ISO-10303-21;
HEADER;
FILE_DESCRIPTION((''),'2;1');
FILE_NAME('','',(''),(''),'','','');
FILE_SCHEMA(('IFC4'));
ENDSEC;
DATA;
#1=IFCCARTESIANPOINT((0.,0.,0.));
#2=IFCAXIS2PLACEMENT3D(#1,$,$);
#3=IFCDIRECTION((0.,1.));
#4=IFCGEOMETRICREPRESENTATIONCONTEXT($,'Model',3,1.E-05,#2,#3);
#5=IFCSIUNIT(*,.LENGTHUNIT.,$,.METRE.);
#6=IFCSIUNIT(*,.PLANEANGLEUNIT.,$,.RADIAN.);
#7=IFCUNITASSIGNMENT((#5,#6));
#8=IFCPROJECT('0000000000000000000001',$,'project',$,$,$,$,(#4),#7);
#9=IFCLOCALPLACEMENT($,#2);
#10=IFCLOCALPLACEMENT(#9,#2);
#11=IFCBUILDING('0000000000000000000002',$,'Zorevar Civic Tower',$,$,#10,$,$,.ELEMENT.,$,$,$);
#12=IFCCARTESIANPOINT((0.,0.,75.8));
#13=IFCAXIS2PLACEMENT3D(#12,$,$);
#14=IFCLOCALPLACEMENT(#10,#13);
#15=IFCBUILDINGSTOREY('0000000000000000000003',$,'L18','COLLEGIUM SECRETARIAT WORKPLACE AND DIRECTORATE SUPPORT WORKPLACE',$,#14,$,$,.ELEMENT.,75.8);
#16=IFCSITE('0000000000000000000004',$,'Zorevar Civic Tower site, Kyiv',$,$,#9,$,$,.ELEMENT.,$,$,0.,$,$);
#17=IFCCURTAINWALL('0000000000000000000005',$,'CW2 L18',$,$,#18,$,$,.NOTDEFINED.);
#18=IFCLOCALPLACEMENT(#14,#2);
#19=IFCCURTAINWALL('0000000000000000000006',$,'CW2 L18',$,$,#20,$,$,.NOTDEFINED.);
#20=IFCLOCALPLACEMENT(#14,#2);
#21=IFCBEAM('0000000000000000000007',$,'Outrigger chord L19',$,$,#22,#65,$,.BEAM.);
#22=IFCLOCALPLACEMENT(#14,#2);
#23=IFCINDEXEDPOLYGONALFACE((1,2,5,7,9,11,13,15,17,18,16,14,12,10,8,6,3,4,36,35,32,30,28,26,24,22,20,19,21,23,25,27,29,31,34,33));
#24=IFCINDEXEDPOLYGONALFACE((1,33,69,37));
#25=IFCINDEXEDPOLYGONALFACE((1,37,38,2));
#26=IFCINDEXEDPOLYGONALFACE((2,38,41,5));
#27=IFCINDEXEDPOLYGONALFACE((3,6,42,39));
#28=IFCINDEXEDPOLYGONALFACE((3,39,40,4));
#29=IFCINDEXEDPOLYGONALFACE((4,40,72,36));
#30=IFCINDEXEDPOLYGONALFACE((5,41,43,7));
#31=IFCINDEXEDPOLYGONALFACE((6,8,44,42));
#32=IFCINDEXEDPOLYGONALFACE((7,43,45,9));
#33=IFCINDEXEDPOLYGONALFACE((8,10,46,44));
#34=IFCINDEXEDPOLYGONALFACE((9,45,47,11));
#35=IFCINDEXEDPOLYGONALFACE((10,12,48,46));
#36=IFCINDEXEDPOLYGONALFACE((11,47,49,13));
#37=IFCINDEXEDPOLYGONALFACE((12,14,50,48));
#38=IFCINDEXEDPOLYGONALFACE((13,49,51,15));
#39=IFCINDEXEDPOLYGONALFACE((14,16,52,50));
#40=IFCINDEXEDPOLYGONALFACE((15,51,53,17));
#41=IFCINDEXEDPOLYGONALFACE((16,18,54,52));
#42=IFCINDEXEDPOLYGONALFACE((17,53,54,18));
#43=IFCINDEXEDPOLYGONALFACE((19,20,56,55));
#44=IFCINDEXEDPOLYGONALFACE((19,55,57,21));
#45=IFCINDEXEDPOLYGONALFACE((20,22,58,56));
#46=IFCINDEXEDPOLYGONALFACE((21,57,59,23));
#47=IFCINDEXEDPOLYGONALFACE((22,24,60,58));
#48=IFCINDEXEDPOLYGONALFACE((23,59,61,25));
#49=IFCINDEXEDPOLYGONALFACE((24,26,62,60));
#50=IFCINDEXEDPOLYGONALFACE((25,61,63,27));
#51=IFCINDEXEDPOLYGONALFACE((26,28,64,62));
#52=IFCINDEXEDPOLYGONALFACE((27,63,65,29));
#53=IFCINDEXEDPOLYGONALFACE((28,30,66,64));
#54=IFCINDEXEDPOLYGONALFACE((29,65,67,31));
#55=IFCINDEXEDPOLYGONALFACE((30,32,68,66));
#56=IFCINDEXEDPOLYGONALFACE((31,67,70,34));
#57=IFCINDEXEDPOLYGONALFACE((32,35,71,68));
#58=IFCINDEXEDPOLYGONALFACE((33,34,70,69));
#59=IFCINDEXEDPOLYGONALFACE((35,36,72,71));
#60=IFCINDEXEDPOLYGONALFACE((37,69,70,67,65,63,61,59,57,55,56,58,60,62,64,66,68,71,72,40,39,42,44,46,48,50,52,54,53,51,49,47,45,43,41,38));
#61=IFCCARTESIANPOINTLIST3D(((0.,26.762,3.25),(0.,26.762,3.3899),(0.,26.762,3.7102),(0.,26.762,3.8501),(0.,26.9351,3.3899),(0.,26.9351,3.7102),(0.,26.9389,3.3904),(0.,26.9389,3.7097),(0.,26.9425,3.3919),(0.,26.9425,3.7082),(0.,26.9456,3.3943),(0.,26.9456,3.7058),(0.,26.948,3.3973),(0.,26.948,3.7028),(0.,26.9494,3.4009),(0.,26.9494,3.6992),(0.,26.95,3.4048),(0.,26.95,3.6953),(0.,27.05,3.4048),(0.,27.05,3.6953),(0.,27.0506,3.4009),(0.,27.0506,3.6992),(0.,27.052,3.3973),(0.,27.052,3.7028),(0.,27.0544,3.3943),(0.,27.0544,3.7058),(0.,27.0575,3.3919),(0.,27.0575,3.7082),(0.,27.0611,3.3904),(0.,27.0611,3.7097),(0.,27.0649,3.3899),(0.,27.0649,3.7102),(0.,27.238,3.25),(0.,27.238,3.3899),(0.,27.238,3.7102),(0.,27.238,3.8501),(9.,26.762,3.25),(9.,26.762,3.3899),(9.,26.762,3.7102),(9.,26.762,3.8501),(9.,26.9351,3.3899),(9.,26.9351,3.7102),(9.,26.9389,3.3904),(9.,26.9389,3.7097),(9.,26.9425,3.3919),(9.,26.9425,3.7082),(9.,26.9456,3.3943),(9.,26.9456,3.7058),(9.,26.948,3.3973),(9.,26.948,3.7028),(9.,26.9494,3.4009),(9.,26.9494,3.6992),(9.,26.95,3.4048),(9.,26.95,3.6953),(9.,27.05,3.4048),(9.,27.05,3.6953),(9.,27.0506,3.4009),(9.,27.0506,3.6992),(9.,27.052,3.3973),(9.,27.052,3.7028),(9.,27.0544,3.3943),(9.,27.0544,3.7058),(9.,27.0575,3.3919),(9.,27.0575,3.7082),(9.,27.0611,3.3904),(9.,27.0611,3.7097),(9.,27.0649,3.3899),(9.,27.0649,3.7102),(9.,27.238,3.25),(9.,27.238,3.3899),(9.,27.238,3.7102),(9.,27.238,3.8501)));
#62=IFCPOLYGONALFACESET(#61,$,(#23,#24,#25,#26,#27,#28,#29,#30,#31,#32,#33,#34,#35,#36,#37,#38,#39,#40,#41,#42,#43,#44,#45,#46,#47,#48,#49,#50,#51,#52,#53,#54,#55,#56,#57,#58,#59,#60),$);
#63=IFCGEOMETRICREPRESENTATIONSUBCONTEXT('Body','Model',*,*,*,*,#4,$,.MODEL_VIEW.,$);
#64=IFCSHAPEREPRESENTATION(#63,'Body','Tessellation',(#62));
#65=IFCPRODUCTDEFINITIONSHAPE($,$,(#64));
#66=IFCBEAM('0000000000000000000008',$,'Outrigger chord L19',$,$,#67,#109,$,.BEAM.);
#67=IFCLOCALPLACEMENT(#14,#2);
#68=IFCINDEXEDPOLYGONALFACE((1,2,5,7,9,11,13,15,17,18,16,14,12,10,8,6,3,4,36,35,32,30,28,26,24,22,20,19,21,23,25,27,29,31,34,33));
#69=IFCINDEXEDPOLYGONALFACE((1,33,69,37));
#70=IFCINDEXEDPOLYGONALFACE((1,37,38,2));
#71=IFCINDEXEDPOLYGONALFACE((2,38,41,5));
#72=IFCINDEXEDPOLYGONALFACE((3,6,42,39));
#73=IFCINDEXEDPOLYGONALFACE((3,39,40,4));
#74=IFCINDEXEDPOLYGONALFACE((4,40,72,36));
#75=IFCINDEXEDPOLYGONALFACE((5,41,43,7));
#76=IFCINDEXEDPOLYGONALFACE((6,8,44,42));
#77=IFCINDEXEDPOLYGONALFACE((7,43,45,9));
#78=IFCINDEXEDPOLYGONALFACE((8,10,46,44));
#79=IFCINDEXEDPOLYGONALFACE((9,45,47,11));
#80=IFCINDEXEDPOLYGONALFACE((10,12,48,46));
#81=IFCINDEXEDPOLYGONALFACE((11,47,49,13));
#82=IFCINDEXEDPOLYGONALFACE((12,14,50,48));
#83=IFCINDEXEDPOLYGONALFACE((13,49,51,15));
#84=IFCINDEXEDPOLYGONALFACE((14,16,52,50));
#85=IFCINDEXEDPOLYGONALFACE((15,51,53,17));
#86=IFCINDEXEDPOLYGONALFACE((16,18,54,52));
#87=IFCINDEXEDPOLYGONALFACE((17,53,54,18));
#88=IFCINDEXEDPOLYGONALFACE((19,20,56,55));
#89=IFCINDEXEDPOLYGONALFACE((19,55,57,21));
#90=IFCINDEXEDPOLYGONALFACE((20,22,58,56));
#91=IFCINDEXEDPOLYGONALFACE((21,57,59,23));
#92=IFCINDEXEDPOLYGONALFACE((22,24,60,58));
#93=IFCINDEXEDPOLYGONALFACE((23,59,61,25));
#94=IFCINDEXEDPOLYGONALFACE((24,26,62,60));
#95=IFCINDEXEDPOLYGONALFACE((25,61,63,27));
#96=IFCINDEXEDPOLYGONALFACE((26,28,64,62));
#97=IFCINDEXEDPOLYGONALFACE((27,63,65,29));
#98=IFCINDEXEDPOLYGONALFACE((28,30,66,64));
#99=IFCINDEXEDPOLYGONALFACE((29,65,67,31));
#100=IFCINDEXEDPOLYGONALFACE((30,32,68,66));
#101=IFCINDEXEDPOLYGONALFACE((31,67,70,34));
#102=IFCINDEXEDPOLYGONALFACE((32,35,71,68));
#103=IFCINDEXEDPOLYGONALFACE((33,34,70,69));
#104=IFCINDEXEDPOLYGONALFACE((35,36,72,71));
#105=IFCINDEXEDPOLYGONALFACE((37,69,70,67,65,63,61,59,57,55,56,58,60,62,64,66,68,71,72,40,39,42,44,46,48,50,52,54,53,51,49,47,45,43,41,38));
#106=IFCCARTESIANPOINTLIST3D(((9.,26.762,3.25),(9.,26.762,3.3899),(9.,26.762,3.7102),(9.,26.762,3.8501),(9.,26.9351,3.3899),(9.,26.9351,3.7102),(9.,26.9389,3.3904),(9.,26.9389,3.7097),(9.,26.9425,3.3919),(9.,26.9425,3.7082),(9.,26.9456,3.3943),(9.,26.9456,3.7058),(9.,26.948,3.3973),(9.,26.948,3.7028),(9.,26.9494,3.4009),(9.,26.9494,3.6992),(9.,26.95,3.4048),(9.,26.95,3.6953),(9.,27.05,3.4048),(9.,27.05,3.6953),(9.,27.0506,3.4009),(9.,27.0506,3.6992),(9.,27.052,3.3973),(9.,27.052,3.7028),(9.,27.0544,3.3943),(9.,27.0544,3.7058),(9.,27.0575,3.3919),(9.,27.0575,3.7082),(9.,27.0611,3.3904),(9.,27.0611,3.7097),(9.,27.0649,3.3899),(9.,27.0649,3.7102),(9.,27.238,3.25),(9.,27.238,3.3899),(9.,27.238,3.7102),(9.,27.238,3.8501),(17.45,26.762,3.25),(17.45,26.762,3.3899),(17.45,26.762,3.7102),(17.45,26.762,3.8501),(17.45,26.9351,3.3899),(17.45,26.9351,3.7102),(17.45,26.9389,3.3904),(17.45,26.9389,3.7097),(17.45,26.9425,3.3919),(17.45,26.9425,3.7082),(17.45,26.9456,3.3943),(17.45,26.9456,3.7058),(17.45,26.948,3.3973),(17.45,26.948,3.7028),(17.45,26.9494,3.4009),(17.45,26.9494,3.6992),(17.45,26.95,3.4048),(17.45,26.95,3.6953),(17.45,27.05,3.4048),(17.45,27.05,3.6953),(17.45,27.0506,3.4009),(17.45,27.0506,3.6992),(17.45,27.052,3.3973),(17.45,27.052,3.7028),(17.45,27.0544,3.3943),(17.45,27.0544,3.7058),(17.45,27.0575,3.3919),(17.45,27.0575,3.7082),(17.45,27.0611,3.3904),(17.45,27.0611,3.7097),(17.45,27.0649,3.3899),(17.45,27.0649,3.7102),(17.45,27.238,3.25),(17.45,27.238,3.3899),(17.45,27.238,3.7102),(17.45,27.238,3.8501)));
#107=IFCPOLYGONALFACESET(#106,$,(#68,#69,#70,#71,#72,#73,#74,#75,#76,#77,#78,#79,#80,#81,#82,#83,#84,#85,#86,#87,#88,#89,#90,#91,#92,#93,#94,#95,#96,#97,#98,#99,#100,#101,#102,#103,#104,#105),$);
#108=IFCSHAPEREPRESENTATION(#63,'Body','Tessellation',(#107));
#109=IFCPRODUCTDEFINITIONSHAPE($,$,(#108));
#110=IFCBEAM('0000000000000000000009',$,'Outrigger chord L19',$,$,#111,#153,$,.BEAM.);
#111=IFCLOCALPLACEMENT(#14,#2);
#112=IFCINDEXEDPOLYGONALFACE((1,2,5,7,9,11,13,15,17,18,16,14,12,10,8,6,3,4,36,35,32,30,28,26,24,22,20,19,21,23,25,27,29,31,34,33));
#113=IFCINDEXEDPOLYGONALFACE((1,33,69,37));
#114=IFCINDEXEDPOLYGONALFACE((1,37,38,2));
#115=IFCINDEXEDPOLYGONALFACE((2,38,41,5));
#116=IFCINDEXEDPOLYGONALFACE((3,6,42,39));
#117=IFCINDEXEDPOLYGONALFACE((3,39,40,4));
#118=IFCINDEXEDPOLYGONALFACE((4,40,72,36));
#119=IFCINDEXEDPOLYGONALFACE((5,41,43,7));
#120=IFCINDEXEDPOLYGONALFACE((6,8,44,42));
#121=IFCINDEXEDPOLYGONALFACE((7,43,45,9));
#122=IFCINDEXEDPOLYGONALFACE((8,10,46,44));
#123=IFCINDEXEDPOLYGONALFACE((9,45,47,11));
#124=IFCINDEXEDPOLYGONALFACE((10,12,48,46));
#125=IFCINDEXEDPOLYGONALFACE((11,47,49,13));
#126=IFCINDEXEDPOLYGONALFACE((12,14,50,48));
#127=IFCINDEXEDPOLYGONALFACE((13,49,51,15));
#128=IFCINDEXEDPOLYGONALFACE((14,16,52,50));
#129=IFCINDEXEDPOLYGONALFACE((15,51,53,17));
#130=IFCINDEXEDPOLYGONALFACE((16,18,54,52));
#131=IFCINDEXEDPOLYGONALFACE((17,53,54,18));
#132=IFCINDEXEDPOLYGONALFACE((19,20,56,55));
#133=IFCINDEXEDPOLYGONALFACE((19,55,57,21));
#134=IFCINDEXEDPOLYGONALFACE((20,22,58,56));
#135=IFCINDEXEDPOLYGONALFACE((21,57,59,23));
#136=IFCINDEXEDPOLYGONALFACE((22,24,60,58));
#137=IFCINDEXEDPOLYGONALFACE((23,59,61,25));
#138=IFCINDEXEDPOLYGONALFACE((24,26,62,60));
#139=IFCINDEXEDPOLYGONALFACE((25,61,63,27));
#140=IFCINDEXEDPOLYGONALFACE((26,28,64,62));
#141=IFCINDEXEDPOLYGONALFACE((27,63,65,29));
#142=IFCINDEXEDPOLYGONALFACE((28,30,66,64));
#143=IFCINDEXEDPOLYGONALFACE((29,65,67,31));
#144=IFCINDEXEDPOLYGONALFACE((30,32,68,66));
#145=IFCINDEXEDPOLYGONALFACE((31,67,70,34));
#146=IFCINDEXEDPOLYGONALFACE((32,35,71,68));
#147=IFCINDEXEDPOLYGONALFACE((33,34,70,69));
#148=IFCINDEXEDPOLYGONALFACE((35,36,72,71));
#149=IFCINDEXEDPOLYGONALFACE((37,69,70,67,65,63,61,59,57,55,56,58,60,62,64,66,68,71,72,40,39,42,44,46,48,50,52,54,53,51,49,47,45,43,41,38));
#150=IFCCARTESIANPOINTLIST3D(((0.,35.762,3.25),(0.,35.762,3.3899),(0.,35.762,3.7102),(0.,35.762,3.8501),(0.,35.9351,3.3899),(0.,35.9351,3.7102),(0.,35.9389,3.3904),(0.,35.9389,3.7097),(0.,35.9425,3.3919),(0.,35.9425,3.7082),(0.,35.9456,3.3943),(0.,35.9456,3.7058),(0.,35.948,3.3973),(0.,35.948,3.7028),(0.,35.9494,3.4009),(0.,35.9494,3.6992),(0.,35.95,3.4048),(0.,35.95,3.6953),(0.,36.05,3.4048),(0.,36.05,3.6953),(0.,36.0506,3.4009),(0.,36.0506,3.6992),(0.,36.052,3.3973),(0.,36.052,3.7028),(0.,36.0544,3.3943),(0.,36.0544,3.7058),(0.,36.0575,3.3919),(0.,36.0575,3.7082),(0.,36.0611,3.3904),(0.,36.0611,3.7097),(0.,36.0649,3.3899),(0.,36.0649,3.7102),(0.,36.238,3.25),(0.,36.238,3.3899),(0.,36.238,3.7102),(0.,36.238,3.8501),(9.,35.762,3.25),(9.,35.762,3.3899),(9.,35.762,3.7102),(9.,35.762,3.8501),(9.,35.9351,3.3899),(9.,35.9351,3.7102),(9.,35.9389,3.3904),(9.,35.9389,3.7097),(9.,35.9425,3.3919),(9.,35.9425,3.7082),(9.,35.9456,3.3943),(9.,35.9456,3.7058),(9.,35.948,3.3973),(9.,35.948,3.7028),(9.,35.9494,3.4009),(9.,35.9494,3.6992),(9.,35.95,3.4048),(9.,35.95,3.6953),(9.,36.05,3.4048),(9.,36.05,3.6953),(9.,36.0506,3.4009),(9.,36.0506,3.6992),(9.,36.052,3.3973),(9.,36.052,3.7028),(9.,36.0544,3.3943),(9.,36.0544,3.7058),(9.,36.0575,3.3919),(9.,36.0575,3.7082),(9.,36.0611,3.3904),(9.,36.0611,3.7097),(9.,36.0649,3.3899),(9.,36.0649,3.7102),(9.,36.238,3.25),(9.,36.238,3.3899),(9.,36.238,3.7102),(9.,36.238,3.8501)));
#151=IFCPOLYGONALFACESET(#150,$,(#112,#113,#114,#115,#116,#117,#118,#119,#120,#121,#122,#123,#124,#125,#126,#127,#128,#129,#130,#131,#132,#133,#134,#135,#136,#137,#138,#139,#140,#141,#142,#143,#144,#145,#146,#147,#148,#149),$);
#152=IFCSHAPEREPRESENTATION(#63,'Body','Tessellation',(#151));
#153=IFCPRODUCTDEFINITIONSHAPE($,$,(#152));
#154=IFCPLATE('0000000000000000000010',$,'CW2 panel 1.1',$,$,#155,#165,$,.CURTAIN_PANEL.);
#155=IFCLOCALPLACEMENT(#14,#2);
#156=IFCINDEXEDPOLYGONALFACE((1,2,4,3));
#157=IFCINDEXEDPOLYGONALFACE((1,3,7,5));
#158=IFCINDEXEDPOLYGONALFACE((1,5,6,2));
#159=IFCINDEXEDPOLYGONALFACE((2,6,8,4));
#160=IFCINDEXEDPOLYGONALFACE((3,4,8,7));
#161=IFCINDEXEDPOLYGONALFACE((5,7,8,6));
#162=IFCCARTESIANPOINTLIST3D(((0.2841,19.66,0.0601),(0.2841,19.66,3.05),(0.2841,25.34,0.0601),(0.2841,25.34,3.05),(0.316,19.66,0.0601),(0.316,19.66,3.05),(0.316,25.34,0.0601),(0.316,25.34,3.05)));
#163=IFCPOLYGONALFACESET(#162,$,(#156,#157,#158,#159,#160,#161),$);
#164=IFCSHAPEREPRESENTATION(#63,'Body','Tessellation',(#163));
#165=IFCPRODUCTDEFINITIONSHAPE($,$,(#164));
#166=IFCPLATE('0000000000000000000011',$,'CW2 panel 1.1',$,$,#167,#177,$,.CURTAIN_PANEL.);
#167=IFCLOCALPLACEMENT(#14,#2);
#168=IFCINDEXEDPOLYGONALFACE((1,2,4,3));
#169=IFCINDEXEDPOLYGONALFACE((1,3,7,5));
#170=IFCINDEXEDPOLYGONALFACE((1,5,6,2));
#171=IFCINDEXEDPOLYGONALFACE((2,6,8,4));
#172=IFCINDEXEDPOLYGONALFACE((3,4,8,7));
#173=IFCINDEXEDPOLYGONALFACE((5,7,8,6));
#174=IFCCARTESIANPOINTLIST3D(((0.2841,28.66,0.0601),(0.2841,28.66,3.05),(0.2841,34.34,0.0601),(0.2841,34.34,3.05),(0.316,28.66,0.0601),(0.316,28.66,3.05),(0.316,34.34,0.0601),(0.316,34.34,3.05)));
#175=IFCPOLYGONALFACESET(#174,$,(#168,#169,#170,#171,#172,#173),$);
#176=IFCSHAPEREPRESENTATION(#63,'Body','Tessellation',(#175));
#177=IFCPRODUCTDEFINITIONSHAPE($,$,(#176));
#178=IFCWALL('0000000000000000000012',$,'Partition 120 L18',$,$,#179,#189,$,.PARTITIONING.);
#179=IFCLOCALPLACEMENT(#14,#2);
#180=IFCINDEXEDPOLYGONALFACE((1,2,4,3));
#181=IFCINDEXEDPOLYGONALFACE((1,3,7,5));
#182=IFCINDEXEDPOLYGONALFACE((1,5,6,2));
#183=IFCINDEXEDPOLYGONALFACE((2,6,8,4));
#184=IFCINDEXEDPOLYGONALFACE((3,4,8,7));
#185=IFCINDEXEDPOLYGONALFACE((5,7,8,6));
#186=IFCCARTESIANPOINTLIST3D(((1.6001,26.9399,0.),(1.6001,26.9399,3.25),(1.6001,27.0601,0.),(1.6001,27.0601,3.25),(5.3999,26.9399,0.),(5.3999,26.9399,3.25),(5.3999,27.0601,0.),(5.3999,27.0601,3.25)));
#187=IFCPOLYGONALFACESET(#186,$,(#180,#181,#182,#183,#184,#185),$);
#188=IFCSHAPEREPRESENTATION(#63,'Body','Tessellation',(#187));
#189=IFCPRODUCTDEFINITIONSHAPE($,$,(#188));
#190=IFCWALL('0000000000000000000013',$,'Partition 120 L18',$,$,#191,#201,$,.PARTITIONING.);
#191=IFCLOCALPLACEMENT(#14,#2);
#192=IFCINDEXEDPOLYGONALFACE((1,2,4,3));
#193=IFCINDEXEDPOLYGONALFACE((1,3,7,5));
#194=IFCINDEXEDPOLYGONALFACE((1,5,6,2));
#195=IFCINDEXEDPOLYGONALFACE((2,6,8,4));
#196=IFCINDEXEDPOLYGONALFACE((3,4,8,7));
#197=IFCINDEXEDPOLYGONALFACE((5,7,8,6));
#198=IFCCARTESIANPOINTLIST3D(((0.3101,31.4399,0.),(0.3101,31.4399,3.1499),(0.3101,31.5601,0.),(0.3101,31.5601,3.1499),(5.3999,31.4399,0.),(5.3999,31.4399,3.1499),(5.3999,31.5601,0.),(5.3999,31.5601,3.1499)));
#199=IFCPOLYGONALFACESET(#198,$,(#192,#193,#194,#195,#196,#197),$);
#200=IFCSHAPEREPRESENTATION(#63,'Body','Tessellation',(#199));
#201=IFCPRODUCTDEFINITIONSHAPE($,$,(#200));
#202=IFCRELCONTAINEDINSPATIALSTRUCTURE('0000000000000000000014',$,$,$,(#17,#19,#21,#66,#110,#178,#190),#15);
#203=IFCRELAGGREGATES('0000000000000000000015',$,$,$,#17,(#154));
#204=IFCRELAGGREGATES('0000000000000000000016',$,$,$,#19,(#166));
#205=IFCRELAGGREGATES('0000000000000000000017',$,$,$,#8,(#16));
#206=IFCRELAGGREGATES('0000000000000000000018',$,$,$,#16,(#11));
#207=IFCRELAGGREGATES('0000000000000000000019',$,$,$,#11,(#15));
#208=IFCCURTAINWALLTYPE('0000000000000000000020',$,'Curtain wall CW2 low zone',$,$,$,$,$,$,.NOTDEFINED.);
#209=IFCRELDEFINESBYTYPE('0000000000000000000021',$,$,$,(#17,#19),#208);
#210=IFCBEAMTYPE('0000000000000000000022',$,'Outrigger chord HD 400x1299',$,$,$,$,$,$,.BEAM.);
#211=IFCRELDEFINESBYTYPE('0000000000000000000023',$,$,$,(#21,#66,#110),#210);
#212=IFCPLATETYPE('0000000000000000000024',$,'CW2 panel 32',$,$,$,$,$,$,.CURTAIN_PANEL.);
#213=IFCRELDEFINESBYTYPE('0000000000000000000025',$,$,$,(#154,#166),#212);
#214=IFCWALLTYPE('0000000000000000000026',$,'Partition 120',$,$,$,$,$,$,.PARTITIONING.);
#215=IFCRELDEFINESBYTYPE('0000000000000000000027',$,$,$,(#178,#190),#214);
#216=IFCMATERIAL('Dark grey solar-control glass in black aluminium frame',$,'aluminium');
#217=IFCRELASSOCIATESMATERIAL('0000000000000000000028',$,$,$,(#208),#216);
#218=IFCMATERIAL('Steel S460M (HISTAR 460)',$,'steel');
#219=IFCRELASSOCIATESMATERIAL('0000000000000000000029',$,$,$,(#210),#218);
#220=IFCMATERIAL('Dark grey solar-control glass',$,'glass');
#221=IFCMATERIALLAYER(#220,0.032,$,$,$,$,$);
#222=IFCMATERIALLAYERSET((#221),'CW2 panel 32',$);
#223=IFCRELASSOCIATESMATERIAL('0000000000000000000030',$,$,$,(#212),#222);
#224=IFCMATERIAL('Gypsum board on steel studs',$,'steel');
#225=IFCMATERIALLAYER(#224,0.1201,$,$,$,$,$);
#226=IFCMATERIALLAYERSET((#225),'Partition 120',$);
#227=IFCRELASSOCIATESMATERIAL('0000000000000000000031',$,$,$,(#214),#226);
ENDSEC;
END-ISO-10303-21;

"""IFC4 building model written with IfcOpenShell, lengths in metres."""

from ifc_helpers import new_model, si_unit, direction, frame, frame_2d, origin, origin_2d, place, context, subcontext, project, spatial, rectangle, i_section, extrude, material, layer, layer_set, material_profile, profile_set, type_object, element, aggregate, save


model = new_model("IFC4")

# Units and contexts
model_context = context("Model", 3, precision=1e-05, world=origin(), true_north=direction((0.0, 1.0)))
body_context = subcontext(model_context, "Body", "Model", "MODEL_VIEW")
ifc_project = project(units=[si_unit("LENGTHUNIT", "METRE"), si_unit("PLANEANGLEUNIT", "RADIAN")], contexts=[model_context])

# Site, building, storey
site_placement = place(None, origin())
site = spatial("IfcSite", under=ifc_project, at=site_placement, Name="Zorevar Civic Tower site, Kyiv", CompositionType="ELEMENT", RefElevation=0.0)
building_placement = place(site_placement, origin())
building = spatial("IfcBuilding", under=site, at=building_placement, Name="Zorevar Civic Tower", CompositionType="ELEMENT")
storey_placement = place(building_placement, frame((0.0, 0.0, 75.8)))
storey = spatial("IfcBuildingStorey", under=building, at=storey_placement, Name="L18", Description="COLLEGIUM SECRETARIAT WORKPLACE AND DIRECTORATE SUPPORT WORKPLACE", CompositionType="ELEMENT", Elevation=75.8)

# Curtain walls
ifc_material_1 = material(Name="Dark grey solar-control glass in black aluminium frame", Category="aluminium")
curtain_wall_type = type_object("IfcCurtainWallType", Name="Curtain wall CW2 low zone", PredefinedType="NOTDEFINED", material=ifc_material_1)
curtain_wall_1_placement = place(storey_placement, origin())
curtain_wall_1 = element("IfcCurtainWall", 1, at=curtain_wall_1_placement, inside=storey, type_object=curtain_wall_type, Name="CW2 L18", PredefinedType="NOTDEFINED")
curtain_wall_2_placement = place(storey_placement, origin())
curtain_wall_2 = element("IfcCurtainWall", 2, at=curtain_wall_2_placement, inside=storey, type_object=curtain_wall_type, Name="CW2 L18", PredefinedType="NOTDEFINED")

# Beams
ifc_material_2 = material(Name="Steel S460M (HISTAR 460)", Category="steel")
ifc_material_profile_1 = material_profile(ifc_material_2, i_section(OverallWidth=0.4761, OverallDepth=0.6001, WebThickness=0.1001, FlangeThickness=0.1399, FilletRadius=0.0149, at=origin_2d()), Name="HD 400x1299")
ifc_profile_set_1 = profile_set([ifc_material_profile_1], Name="Steel S460M (HISTAR 460)")
beam_type_1 = type_object("IfcBeamType", Name="Outrigger chord HD 400x1299", PredefinedType="BEAM", material=ifc_profile_set_1)
beam_1_placement = place(storey_placement, frame((0.0, 27.0, 3.55), z_axis=(1.0, 0.0, 0.0), x_axis=(0.0, 1.0, 0.0)))
element("IfcBeam", 3, at=beam_1_placement, inside=storey, type_object=beam_type_1, Name="Outrigger chord L19", PredefinedType="BEAM", context=body_context, shape_type="SweptSolid", body=[
    extrude(i_section(OverallWidth=0.4761, OverallDepth=0.6001, WebThickness=0.1001, FlangeThickness=0.1399, FilletRadius=0.0149, at=origin_2d()), origin(), (0.0, 0.0, 1.0), 9.0),
])
beam_2_placement = place(storey_placement, frame((9.0, 27.0, 3.55), z_axis=(1.0, 0.0, 0.0), x_axis=(0.0, 1.0, 0.0)))
element("IfcBeam", 4, at=beam_2_placement, inside=storey, type_object=beam_type_1, Name="Outrigger chord L19", PredefinedType="BEAM", context=body_context, shape_type="SweptSolid", body=[
    extrude(i_section(OverallWidth=0.4761, OverallDepth=0.6001, WebThickness=0.1001, FlangeThickness=0.1399, FilletRadius=0.0149, at=origin_2d()), origin(), (0.0, 0.0, 1.0), 8.45),
])
beam_3_placement = place(storey_placement, frame((0.0, 36.0, 3.55), z_axis=(1.0, 0.0, 0.0), x_axis=(0.0, 1.0, 0.0)))
element("IfcBeam", 5, at=beam_3_placement, inside=storey, type_object=beam_type_1, Name="Outrigger chord L19", PredefinedType="BEAM", context=body_context, shape_type="SweptSolid", body=[
    extrude(i_section(OverallWidth=0.4761, OverallDepth=0.6001, WebThickness=0.1001, FlangeThickness=0.1399, FilletRadius=0.0149, at=origin_2d()), origin(), (0.0, 0.0, 1.0), 9.0),
])

# Plates
ifc_material_3 = material(Name="Dark grey solar-control glass", Category="glass")
ifc_layer_1 = layer(ifc_material_3, 0.032)
ifc_layer_set_1 = layer_set([ifc_layer_1], Name="CW2 panel 32")
plate_type = type_object("IfcPlateType", Name="CW2 panel 32", PredefinedType="CURTAIN_PANEL", material=ifc_layer_set_1)
plate_1_placement = place(storey_placement, frame((0.3, 22.5, 0.0601), z_axis=(0.0, 0.0, 1.0), x_axis=(0.0, 1.0, 0.0)))
plate_1 = element("IfcPlate", 6, at=plate_1_placement, type_object=plate_type, Name="CW2 panel 1.1", PredefinedType="CURTAIN_PANEL", context=body_context, shape_type="SweptSolid", body=[
    extrude(rectangle(XDim=5.6799, YDim=0.032, at=origin_2d()), origin(), (0.0, 0.0, 1.0), 2.99),
])
aggregate(curtain_wall_1, [plate_1])
plate_2_placement = place(storey_placement, frame((0.3, 31.5, 0.0601), z_axis=(0.0, 0.0, 1.0), x_axis=(0.0, 1.0, 0.0)))
plate_2 = element("IfcPlate", 7, at=plate_2_placement, type_object=plate_type, Name="CW2 panel 1.1", PredefinedType="CURTAIN_PANEL", context=body_context, shape_type="SweptSolid", body=[
    extrude(rectangle(XDim=5.6799, YDim=0.032, at=origin_2d()), origin(), (0.0, 0.0, 1.0), 2.99),
])
aggregate(curtain_wall_2, [plate_2])

# Walls
ifc_material_4 = material(Name="Gypsum board on steel studs", Category="steel")
ifc_layer_2 = layer(ifc_material_4, 0.1201)
ifc_layer_set_2 = layer_set([ifc_layer_2], Name="Partition 120")
wall_type = type_object("IfcWallType", Name="Partition 120", PredefinedType="PARTITIONING", material=ifc_layer_set_2)
wall_1_placement = place(storey_placement, frame((1.6001, 27.0, 0.0), z_axis=(0.0, 0.0, 1.0), x_axis=(1.0, 0.0, 0.0)))
element("IfcWall", 8, at=wall_1_placement, inside=storey, type_object=wall_type, Name="Partition 120 L18", PredefinedType="PARTITIONING", context=body_context, shape_type="SweptSolid", body=[
    extrude(rectangle(XDim=3.7998, YDim=0.1201, at=frame_2d((1.8999, 0.0))), origin(), (0.0, 0.0, 1.0), 3.25),
])
wall_2_placement = place(storey_placement, frame((0.3101, 31.5, 0.0), z_axis=(0.0, 0.0, 1.0), x_axis=(1.0, 0.0, 0.0)))
element("IfcWall", 9, at=wall_2_placement, inside=storey, type_object=wall_type, Name="Partition 120 L18", PredefinedType="PARTITIONING", context=body_context, shape_type="SweptSolid", body=[
    extrude(rectangle(XDim=5.0898, YDim=0.1201, at=frame_2d((2.5449, 0.0))), origin(), (0.0, 0.0, 1.0), 3.1499),
])

save(model, "model.ifc")
